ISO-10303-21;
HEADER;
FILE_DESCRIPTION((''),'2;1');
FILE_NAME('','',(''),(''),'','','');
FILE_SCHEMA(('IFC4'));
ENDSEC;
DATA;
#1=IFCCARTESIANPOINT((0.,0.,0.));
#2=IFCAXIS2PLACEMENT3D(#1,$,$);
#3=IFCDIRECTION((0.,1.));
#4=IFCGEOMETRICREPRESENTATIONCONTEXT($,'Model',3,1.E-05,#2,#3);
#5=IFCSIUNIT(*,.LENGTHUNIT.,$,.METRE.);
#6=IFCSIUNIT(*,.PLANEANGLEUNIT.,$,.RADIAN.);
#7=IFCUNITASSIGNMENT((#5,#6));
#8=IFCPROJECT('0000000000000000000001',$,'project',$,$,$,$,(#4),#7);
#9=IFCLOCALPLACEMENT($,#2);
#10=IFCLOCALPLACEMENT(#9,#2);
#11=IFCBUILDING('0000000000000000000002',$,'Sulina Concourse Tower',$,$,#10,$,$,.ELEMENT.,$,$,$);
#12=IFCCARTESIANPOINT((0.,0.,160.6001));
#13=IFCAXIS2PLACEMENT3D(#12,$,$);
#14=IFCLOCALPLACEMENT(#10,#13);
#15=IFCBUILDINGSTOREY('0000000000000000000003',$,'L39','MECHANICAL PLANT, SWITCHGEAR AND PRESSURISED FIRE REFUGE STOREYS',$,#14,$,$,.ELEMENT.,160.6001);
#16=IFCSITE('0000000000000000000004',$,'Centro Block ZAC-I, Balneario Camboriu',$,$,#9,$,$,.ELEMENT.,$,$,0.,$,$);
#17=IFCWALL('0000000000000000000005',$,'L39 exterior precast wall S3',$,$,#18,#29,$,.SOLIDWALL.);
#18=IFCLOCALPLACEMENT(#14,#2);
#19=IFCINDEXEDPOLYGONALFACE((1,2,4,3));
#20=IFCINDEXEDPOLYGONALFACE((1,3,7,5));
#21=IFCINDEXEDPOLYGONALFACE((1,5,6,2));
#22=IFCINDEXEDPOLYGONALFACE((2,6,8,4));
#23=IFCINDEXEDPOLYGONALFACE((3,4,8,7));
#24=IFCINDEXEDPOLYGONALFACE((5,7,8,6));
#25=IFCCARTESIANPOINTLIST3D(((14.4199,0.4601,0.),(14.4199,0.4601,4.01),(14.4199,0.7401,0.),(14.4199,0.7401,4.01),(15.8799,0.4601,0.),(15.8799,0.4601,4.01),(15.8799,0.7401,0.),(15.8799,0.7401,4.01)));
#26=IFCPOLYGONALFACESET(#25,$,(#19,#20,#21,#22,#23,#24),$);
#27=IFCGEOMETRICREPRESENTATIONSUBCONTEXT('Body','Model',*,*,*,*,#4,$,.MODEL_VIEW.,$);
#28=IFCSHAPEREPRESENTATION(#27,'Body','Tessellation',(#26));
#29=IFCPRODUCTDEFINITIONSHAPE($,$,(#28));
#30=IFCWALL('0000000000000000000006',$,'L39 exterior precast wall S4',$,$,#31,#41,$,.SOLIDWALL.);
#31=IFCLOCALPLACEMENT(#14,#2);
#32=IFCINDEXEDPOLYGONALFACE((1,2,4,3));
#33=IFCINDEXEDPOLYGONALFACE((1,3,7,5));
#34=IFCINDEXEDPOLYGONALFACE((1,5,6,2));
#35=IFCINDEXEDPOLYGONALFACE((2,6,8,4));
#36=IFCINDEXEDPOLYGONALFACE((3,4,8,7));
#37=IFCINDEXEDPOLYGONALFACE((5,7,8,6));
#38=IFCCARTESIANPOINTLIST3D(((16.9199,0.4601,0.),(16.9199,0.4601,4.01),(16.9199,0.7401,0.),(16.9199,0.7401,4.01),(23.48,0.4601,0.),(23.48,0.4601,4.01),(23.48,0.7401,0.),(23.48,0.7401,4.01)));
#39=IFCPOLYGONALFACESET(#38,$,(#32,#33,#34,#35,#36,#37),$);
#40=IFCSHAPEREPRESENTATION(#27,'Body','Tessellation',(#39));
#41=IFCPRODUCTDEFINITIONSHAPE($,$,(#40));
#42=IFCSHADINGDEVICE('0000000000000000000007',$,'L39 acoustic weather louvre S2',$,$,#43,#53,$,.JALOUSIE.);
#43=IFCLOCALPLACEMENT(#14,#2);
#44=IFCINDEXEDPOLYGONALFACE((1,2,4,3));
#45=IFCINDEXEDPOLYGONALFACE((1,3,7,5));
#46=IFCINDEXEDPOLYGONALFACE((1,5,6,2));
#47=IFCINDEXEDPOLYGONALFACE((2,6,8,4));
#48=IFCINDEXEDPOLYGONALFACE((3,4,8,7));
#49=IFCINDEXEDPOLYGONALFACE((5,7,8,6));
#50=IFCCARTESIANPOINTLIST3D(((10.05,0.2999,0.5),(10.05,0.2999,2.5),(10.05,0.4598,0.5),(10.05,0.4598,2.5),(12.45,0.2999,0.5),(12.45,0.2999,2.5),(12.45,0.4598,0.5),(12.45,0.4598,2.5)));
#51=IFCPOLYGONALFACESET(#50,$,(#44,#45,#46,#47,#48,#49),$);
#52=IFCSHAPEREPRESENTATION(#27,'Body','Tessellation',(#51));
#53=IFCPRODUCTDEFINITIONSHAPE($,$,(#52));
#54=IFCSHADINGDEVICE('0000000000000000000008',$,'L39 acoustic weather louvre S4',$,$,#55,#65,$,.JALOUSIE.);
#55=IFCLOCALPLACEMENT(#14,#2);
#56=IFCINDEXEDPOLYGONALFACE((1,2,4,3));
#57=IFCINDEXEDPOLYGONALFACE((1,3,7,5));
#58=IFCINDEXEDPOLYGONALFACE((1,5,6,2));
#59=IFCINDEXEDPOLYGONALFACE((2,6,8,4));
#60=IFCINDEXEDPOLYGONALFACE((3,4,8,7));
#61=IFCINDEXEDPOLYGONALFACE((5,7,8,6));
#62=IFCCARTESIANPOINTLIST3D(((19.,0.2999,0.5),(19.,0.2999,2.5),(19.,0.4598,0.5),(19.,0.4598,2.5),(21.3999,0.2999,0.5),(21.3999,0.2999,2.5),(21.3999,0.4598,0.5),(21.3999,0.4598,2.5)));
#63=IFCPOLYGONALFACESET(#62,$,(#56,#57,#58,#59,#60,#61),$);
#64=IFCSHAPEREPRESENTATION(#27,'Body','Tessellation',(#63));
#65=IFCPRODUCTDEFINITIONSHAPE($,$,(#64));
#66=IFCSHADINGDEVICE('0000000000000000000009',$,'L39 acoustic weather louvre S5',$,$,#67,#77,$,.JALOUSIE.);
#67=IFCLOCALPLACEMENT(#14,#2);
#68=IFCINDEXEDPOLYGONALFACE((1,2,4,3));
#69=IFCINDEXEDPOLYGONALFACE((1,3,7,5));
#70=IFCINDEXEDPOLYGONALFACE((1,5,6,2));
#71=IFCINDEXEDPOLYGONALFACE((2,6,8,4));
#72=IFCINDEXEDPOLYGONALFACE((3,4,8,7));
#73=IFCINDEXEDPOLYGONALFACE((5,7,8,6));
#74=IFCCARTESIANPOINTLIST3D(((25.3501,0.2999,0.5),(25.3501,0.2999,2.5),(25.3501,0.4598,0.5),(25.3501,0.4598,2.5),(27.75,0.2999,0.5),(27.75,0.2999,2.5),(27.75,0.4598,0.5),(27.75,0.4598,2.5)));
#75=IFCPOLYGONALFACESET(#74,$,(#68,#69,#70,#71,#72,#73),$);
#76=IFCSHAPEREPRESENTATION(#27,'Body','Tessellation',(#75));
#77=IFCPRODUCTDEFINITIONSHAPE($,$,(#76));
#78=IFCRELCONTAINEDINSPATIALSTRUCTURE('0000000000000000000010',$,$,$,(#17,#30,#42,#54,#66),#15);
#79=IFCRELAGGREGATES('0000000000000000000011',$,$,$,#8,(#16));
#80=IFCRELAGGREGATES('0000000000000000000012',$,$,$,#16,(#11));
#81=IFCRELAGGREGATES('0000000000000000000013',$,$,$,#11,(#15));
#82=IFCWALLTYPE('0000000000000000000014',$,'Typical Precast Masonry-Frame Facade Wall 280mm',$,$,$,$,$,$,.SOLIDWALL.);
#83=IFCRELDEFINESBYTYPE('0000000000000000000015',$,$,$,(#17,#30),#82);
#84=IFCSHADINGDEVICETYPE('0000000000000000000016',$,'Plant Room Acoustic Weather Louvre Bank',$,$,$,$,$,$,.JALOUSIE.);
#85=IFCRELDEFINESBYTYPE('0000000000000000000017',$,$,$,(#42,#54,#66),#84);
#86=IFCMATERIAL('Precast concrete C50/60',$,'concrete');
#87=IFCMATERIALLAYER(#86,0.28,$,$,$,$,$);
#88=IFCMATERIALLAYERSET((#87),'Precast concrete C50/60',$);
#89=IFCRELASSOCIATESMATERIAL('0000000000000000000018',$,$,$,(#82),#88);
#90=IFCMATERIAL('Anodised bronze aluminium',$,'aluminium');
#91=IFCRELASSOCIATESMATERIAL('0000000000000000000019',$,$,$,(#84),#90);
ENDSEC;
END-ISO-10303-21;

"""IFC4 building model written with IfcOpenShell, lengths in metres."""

from ifc_helpers import new_model, si_unit, direction, frame, frame_2d, origin, origin_2d, place, context, subcontext, project, spatial, rectangle, extrude, material, layer, layer_set, type_object, element, save


model = new_model("IFC4")

# Units and contexts
model_context = context("Model", 3, precision=1e-05, world=origin(), true_north=direction((0.0, 1.0)))
body_context = subcontext(model_context, "Body", "Model", "MODEL_VIEW")
ifc_project = project(units=[si_unit("LENGTHUNIT", "METRE"), si_unit("PLANEANGLEUNIT", "RADIAN")], contexts=[model_context])

# Site, building, storey
site_placement = place(None, origin())
site = spatial("IfcSite", under=ifc_project, at=site_placement, Name="Centro Block ZAC-I, Balneario Camboriu", CompositionType="ELEMENT", RefElevation=0.0)
building_placement = place(site_placement, origin())
building = spatial("IfcBuilding", under=site, at=building_placement, Name="Sulina Concourse Tower", CompositionType="ELEMENT")
storey_placement = place(building_placement, frame((0.0, 0.0, 160.6001)))
storey = spatial("IfcBuildingStorey", under=building, at=storey_placement, Name="L39", Description="MECHANICAL PLANT, SWITCHGEAR AND PRESSURISED FIRE REFUGE STOREYS", CompositionType="ELEMENT", Elevation=160.6001)

# Walls
ifc_material_1 = material(Name="Precast concrete C50/60", Category="concrete")
ifc_layer_1 = layer(ifc_material_1, 0.28)
ifc_layer_set_1 = layer_set([ifc_layer_1], Name="Precast concrete C50/60")
wall_type = type_object("IfcWallType", Name="Typical Precast Masonry-Frame Facade Wall 280mm", PredefinedType="SOLIDWALL", material=ifc_layer_set_1)
wall_1_placement = place(storey_placement, frame((15.8799, 0.6001, 0.0), z_axis=(0.0, 0.0, 1.0), x_axis=(-1.0, 0.0, 0.0)))
element("IfcWall", 1, at=wall_1_placement, inside=storey, type_object=wall_type, Name="L39 exterior precast wall S3", PredefinedType="SOLIDWALL", context=body_context, shape_type="SweptSolid", body=[
    extrude(rectangle(XDim=1.46, YDim=0.28, at=frame_2d((0.73, 0.0))), origin(), (0.0, 0.0, 1.0), 4.01),
])
wall_2_placement = place(storey_placement, frame((23.48, 0.6001, 0.0), z_axis=(0.0, 0.0, 1.0), x_axis=(-1.0, 0.0, 0.0)))
element("IfcWall", 2, at=wall_2_placement, inside=storey, type_object=wall_type, Name="L39 exterior precast wall S4", PredefinedType="SOLIDWALL", context=body_context, shape_type="SweptSolid", body=[
    extrude(rectangle(XDim=6.5601, YDim=0.28, at=frame_2d((3.28, 0.0))), origin(), (0.0, 0.0, 1.0), 4.01),
])

# Shading devices
ifc_material_2 = material(Name="Anodised bronze aluminium", Category="aluminium")
shading_device_type = type_object("IfcShadingDeviceType", Name="Plant Room Acoustic Weather Louvre Bank", PredefinedType="JALOUSIE", material=ifc_material_2)
for number, where, z_axis, x_axis, name in (
    (3, (11.25, 0.3799, 0.5), (0.0, 0.0, 1.0), (1.0, 0.0, 0.0), "L39 acoustic weather louvre S2"),
    (4, (20.2, 0.3799, 0.5), (0.0, 0.0, 1.0), (1.0, 0.0, 0.0), "L39 acoustic weather louvre S4"),
    (5, (26.55, 0.3799, 0.5), (0.0, 0.0, 1.0), (1.0, 0.0, 0.0), "L39 acoustic weather louvre S5"),
):
    element("IfcShadingDevice", number, at=place(storey_placement, frame(where, z_axis=z_axis, x_axis=x_axis)), inside=storey, type_object=shading_device_type, Name=name, PredefinedType="JALOUSIE", context=body_context, shape_type="SweptSolid", body=[
        extrude(rectangle(XDim=2.3999, YDim=0.1599, at=origin_2d()), origin(), (0.0, 0.0, 1.0), 2.0),
    ])

save(model, "model.ifc")
